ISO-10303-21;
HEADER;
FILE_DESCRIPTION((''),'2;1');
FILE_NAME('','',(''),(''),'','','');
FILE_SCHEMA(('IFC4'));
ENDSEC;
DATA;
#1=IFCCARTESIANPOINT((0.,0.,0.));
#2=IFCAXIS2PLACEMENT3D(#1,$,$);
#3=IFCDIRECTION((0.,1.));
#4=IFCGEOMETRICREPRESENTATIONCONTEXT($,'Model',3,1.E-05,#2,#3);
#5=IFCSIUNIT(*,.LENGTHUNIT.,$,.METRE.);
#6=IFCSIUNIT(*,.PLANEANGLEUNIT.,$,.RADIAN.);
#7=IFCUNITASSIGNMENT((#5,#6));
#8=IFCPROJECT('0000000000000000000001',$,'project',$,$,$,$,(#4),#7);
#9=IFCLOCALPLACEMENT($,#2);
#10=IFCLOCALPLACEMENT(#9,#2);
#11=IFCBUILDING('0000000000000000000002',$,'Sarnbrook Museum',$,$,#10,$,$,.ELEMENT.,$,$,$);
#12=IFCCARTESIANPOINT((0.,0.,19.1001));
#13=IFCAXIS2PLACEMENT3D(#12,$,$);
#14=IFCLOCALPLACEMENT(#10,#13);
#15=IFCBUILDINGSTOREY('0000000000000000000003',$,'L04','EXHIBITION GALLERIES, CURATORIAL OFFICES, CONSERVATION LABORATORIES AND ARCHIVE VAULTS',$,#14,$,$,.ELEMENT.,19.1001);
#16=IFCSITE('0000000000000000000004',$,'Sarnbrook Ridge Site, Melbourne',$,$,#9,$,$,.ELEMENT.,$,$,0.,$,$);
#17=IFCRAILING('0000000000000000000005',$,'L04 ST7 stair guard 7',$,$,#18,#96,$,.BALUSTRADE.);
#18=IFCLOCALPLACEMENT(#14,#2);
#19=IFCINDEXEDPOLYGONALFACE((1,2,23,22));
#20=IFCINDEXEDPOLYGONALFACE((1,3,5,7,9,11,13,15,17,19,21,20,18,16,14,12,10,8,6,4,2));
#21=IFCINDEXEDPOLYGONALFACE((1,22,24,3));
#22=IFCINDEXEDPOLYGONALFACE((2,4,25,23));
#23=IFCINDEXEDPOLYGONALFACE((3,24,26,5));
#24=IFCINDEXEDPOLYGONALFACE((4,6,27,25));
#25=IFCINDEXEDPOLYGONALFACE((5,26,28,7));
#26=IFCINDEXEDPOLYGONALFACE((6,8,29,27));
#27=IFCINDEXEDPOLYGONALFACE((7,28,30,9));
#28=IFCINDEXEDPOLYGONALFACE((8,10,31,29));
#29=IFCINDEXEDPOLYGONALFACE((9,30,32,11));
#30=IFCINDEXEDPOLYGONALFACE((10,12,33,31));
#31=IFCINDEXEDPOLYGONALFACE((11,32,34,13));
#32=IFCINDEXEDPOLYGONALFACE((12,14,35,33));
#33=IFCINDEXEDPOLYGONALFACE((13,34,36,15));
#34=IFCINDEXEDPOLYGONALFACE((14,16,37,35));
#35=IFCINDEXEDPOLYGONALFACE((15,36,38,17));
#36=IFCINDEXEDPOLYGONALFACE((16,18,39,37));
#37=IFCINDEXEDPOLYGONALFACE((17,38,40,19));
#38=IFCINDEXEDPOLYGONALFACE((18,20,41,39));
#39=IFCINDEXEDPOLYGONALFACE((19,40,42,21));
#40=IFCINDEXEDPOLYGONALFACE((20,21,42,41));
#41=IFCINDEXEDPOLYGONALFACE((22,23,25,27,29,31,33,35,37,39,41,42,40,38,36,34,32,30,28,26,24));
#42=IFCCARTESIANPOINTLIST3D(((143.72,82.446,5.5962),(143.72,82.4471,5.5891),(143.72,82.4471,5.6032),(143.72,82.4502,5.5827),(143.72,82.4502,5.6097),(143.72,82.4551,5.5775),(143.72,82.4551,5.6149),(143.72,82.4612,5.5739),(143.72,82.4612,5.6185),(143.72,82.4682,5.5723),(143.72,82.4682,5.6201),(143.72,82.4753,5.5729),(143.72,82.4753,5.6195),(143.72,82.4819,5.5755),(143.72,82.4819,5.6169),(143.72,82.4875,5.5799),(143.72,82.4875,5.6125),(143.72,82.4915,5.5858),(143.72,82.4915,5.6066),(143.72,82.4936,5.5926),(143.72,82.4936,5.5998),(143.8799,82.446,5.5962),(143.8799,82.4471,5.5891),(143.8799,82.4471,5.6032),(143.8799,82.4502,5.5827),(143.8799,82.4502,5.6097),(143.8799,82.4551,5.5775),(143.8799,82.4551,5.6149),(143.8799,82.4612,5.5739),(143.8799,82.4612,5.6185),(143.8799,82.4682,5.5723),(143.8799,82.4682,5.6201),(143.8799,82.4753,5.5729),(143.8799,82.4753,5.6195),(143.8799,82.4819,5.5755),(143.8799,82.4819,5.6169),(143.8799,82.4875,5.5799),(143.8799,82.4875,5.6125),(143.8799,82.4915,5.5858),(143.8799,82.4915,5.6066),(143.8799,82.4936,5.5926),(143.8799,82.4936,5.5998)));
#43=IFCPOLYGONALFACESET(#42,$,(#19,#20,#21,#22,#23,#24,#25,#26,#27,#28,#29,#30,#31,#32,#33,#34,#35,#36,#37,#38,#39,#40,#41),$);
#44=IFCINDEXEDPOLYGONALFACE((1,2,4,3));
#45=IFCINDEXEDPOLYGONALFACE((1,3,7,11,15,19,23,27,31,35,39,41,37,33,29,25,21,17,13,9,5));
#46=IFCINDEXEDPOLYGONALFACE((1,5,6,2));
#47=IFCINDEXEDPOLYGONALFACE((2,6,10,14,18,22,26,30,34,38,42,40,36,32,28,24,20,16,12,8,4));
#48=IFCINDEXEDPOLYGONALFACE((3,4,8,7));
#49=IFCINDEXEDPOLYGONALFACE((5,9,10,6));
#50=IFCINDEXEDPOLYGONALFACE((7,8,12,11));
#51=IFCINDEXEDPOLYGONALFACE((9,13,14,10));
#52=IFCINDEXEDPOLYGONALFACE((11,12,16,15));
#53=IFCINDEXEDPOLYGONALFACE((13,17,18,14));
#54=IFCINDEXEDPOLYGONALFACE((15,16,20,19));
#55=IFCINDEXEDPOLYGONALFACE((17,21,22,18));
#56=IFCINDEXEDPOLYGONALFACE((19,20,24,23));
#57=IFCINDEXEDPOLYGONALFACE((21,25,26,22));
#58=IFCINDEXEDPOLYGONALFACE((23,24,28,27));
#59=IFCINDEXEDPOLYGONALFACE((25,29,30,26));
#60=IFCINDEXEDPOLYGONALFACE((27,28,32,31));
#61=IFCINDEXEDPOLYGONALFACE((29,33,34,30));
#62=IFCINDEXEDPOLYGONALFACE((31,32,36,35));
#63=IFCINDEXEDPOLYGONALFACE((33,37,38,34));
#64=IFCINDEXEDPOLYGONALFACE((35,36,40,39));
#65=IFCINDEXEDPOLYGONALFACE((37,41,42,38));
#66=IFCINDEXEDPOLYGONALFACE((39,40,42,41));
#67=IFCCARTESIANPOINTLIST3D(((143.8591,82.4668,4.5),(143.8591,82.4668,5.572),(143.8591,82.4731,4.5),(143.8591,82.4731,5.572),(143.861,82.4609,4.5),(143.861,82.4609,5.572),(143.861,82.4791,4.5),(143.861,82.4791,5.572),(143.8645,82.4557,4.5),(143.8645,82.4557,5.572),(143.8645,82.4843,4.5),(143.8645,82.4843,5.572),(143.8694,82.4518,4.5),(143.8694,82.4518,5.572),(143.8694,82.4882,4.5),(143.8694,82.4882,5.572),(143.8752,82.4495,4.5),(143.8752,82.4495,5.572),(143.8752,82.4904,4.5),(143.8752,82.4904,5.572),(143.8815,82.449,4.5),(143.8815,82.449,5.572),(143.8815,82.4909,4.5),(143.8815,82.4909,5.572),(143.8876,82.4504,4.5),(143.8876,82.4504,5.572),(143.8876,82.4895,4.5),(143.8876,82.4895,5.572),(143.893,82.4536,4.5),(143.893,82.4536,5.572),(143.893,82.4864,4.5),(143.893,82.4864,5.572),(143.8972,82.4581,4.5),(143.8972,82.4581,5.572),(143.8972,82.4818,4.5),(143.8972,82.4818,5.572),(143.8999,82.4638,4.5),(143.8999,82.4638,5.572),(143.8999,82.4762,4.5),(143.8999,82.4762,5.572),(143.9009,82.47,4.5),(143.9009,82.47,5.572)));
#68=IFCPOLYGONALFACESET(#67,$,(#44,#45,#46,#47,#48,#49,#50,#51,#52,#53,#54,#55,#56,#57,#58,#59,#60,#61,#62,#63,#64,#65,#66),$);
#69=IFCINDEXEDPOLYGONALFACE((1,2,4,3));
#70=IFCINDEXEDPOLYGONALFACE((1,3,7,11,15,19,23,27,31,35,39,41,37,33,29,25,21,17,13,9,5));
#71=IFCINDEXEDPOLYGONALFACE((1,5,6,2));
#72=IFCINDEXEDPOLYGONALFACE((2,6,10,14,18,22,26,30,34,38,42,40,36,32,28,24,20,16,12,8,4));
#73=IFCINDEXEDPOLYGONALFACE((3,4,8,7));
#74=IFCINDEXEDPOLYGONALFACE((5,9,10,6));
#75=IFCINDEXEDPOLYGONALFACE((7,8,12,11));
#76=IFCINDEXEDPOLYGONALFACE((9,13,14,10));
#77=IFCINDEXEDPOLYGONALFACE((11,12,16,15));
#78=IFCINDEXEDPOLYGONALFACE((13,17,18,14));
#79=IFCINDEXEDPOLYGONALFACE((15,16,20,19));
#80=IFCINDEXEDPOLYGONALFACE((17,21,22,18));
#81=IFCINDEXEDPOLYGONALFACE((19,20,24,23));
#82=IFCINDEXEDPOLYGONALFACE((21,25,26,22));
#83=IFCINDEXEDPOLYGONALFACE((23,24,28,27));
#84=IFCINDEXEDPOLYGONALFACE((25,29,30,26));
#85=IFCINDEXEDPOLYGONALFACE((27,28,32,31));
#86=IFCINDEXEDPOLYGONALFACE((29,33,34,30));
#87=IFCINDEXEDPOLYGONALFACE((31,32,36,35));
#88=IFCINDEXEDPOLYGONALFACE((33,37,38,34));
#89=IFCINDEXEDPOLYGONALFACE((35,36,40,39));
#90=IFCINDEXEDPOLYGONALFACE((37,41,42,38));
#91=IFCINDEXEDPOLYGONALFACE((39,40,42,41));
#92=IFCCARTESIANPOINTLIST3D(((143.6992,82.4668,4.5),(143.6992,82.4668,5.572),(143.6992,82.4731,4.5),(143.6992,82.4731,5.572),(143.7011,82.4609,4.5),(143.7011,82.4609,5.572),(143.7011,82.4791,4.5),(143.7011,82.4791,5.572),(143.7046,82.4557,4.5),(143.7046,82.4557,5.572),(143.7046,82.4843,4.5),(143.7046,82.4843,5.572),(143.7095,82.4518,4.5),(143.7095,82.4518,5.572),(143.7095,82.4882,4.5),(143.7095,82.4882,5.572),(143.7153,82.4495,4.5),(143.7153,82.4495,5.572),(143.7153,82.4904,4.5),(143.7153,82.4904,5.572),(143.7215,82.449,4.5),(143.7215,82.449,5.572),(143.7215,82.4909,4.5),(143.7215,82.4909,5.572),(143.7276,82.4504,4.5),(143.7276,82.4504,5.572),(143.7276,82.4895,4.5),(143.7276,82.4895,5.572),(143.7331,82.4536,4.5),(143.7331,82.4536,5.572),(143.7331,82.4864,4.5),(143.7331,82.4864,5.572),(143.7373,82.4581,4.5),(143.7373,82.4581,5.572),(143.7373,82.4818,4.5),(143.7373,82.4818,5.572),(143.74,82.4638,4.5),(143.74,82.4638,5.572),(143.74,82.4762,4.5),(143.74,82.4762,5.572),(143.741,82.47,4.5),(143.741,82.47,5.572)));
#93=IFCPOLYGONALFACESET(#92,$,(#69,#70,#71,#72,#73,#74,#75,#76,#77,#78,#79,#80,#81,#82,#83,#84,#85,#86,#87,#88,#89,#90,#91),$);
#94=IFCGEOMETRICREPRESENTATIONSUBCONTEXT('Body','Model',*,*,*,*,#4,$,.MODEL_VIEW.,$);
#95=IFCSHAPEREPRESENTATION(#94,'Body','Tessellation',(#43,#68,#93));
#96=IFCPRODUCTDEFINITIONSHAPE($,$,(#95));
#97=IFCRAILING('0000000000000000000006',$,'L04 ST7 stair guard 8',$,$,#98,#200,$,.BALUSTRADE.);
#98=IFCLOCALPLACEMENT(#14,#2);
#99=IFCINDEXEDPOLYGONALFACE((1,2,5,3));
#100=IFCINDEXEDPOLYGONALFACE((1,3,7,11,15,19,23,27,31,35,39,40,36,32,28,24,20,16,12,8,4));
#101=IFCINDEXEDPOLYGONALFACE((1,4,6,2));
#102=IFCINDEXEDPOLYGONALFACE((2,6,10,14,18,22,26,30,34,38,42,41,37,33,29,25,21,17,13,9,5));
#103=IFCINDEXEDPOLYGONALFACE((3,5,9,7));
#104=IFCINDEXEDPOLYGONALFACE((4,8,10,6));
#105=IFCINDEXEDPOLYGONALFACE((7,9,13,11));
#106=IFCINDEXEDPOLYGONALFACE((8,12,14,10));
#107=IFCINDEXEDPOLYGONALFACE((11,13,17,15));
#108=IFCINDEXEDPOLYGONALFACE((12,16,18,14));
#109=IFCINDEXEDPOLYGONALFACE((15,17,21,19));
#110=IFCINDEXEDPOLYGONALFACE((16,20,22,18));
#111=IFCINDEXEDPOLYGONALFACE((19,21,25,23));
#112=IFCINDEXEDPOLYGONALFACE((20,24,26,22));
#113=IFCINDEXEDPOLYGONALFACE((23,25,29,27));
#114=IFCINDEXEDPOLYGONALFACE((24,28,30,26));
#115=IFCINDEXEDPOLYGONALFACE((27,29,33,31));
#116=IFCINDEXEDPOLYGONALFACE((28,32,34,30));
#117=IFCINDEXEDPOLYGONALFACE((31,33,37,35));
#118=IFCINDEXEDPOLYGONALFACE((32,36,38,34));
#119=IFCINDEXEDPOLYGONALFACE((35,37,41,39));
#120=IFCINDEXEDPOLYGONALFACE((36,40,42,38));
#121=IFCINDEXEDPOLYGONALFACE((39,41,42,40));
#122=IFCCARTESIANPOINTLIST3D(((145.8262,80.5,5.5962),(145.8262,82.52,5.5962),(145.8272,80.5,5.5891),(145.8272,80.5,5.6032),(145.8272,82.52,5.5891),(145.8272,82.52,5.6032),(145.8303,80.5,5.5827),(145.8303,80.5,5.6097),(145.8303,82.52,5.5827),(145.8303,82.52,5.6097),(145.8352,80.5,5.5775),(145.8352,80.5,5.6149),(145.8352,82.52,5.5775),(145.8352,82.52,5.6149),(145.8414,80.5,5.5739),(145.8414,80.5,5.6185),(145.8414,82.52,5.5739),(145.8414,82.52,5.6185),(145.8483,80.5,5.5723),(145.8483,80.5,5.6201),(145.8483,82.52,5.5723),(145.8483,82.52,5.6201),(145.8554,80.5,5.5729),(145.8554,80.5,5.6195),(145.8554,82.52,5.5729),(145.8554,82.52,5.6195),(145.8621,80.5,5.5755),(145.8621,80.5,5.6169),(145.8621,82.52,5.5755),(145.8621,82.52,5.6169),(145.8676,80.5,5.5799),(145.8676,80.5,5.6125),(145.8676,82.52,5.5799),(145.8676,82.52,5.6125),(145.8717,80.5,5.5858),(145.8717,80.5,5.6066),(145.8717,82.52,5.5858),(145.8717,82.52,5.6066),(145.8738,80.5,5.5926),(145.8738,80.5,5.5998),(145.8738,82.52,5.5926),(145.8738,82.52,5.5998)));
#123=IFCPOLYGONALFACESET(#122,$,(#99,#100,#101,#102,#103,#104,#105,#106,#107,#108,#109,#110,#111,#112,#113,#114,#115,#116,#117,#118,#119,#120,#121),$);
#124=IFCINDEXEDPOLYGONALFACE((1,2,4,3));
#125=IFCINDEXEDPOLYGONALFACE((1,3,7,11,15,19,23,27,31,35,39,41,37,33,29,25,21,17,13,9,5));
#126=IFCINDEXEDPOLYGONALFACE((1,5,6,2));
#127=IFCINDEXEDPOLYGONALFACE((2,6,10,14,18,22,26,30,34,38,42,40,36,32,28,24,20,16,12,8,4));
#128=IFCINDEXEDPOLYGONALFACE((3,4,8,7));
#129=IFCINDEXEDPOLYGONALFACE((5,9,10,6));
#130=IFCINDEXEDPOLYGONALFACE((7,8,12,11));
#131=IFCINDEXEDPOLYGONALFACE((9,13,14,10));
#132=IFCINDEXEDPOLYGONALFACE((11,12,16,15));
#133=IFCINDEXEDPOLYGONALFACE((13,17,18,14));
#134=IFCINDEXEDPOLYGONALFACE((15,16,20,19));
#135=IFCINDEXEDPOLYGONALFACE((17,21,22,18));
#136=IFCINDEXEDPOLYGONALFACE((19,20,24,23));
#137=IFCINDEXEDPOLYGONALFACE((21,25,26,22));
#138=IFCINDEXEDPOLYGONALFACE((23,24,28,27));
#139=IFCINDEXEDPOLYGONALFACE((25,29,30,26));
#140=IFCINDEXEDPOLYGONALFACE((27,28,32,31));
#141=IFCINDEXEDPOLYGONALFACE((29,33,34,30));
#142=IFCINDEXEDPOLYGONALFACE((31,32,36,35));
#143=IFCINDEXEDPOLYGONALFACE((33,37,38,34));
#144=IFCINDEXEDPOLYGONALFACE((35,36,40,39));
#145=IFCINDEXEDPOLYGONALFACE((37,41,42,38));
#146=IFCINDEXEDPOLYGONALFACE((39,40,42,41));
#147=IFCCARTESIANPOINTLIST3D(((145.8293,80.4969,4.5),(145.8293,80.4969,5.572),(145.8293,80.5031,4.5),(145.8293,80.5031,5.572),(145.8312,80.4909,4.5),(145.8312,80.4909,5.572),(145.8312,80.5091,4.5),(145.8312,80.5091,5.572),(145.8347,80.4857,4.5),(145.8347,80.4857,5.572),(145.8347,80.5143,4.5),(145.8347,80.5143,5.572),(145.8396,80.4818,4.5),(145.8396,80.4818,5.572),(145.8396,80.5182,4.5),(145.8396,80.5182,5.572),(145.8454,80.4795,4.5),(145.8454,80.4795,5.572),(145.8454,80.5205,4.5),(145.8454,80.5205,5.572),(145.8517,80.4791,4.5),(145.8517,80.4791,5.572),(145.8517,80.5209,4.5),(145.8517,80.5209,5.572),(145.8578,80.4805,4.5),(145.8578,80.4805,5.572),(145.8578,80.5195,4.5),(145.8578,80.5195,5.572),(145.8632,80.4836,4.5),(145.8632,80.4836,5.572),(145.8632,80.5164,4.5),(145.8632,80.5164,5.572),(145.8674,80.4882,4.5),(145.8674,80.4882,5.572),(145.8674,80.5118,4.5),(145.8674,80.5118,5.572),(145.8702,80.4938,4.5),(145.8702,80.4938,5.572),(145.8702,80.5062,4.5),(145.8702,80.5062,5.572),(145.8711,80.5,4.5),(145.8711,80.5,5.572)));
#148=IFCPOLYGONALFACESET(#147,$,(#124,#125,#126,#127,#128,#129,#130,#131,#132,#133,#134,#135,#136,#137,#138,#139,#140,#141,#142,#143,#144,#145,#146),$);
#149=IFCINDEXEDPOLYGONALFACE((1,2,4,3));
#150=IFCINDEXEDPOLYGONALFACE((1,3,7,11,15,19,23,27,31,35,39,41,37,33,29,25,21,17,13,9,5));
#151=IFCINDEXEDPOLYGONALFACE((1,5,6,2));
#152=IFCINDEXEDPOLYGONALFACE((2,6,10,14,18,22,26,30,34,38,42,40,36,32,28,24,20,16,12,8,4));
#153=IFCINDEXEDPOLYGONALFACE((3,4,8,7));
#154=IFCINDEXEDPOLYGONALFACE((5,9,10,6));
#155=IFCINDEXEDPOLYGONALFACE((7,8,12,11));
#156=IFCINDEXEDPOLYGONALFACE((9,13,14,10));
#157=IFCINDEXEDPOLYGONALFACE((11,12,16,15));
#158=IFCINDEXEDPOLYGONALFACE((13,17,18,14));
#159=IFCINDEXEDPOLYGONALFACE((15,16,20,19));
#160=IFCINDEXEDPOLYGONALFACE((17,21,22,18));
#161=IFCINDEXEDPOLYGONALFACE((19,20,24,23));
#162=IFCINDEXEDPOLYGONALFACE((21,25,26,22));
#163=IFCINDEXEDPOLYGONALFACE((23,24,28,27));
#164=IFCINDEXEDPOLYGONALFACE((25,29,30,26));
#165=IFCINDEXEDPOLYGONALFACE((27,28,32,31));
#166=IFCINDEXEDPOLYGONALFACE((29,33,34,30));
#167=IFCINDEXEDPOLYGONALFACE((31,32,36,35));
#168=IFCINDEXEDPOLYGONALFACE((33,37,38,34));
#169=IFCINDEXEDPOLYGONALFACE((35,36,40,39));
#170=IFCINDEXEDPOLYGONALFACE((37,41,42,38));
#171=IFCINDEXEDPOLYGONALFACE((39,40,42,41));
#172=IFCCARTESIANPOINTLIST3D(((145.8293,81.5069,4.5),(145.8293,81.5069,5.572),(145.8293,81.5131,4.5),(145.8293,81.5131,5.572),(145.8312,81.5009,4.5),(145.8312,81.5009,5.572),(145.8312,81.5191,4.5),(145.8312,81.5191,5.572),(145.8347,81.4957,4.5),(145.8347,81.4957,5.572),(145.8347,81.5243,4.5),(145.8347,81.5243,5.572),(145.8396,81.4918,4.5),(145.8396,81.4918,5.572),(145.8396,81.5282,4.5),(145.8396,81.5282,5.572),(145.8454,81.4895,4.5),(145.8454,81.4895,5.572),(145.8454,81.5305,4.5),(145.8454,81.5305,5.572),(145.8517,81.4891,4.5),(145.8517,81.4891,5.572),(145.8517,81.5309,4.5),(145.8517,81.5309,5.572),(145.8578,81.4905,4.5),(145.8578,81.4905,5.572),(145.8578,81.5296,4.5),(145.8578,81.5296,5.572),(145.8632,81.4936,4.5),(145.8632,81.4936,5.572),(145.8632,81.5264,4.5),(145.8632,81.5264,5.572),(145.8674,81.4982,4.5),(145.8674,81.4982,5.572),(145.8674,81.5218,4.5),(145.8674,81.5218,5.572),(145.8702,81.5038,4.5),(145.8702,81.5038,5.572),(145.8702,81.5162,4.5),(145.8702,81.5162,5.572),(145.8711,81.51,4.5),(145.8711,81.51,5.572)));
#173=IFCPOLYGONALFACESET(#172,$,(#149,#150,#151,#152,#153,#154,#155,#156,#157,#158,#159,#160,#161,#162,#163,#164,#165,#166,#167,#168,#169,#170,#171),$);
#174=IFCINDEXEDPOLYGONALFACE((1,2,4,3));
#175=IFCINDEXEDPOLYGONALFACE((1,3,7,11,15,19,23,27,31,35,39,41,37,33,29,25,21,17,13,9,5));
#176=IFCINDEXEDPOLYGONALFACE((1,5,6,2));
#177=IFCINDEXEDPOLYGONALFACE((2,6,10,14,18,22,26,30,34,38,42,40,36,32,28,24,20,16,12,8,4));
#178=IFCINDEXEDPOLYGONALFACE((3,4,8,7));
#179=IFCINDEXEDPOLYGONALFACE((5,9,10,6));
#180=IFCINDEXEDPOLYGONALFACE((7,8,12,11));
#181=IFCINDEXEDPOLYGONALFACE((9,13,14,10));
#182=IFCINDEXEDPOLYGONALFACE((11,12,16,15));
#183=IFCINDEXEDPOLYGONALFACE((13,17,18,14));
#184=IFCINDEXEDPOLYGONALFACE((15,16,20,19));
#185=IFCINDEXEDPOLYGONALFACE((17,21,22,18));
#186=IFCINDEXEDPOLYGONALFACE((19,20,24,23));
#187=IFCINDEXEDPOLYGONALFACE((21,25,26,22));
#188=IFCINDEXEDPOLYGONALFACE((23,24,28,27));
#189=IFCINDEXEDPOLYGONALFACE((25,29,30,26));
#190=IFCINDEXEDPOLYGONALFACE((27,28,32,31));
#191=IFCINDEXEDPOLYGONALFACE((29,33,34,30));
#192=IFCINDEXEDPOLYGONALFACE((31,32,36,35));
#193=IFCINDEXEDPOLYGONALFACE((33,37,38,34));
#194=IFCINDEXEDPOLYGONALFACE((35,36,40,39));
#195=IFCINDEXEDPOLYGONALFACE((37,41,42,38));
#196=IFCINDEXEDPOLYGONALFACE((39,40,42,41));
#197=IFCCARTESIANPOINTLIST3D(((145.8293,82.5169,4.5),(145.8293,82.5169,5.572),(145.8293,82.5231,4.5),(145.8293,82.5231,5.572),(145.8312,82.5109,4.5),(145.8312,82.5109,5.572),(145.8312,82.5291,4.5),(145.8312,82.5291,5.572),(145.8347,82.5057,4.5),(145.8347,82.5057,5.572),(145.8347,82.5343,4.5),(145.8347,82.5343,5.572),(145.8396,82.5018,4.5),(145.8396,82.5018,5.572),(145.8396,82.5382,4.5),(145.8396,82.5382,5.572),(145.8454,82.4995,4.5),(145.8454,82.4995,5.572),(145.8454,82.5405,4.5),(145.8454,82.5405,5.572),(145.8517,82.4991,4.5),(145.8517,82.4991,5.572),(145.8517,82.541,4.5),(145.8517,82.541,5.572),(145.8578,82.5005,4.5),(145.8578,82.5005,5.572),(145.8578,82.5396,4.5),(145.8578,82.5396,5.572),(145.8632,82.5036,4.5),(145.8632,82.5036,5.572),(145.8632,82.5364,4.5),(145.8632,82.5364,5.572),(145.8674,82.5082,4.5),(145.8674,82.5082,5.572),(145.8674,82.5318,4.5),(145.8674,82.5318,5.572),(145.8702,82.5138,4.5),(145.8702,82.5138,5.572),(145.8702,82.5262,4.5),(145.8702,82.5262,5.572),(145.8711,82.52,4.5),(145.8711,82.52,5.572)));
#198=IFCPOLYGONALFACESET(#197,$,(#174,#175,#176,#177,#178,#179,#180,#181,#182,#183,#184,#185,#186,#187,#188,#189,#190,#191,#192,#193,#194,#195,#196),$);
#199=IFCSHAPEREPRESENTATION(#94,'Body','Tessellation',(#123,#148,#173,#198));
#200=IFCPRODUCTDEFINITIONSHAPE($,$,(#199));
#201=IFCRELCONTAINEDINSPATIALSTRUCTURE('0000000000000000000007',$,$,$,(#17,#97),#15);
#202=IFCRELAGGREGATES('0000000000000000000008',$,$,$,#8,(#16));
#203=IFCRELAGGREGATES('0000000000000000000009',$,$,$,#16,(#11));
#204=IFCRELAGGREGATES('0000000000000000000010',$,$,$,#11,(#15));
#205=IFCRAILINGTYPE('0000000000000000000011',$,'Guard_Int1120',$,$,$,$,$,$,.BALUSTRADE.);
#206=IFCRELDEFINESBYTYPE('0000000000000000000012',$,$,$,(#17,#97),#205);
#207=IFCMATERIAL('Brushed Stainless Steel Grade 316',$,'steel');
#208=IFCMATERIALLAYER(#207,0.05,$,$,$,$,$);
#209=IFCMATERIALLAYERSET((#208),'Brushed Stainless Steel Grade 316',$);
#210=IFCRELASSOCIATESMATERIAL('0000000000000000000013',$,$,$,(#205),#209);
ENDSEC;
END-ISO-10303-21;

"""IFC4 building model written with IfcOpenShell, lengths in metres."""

from ifc_helpers import new_model, si_unit, direction, frame, origin, origin_2d, place, context, subcontext, project, spatial, circle, extrude, material, layer, layer_set, type_object, element, save


model = new_model("IFC4")

# Units and contexts
model_context = context("Model", 3, precision=1e-05, world=origin(), true_north=direction((0.0, 1.0)))
body_context = subcontext(model_context, "Body", "Model", "MODEL_VIEW")
ifc_project = project(units=[si_unit("LENGTHUNIT", "METRE"), si_unit("PLANEANGLEUNIT", "RADIAN")], contexts=[model_context])

# Site, building, storey
site_placement = place(None, origin())
site = spatial("IfcSite", under=ifc_project, at=site_placement, Name="Sarnbrook Ridge Site, Melbourne", CompositionType="ELEMENT", RefElevation=0.0)
building_placement = place(site_placement, origin())
building = spatial("IfcBuilding", under=site, at=building_placement, Name="Sarnbrook Museum", CompositionType="ELEMENT")
storey_placement = place(building_placement, frame((0.0, 0.0, 19.1001)))
storey = spatial("IfcBuildingStorey", under=building, at=storey_placement, Name="L04", Description="EXHIBITION GALLERIES, CURATORIAL OFFICES, CONSERVATION LABORATORIES AND ARCHIVE VAULTS", CompositionType="ELEMENT", Elevation=19.1001)

# Railings
ifc_material_1 = material(Name="Brushed Stainless Steel Grade 316", Category="steel")
ifc_layer_1 = layer(ifc_material_1, 0.05)
ifc_layer_set_1 = layer_set([ifc_layer_1], Name="Brushed Stainless Steel Grade 316")
railing_type_1 = type_object("IfcRailingType", Name="Guard_Int1120", PredefinedType="BALUSTRADE", material=ifc_layer_set_1)
railing_1_placement = place(storey_placement, frame((143.8799, 82.47, 4.5)))
element("IfcRailing", 1, at=railing_1_placement, inside=storey, type_object=railing_type_1, Name="L04 ST7 stair guard 7", PredefinedType="BALUSTRADE", context=body_context, shape_type="SweptSolid", body=[
    extrude(circle(Radius=0.0239, at=origin_2d()), frame((0.0, 0.0, 1.0962), z_axis=(-1.0, 0.0, 0.0), x_axis=(0.0, -1.0, 0.0)), (0.0, 0.0, 1.0), 0.1599),
    extrude(circle(Radius=0.021, at=origin_2d()), origin(), (0.0, 0.0, 1.0), 1.072),
    extrude(circle(Radius=0.021, at=origin_2d()), frame((-0.1599, 0.0, 0.0)), (0.0, 0.0, 1.0), 1.072),
])
railing_2_placement = place(storey_placement, frame((145.8501, 80.5, 4.5)))
element("IfcRailing", 2, at=railing_2_placement, inside=storey, type_object=railing_type_1, Name="L04 ST7 stair guard 8", PredefinedType="BALUSTRADE", context=body_context, shape_type="SweptSolid", body=[
    extrude(circle(Radius=0.0239, at=origin_2d()), frame((0.0, 0.0, 1.0962), z_axis=(0.0, 1.0, 0.0), x_axis=(-1.0, 0.0, 0.0)), (0.0, 0.0, 1.0), 2.02),
    extrude(circle(Radius=0.021, at=origin_2d()), origin(), (0.0, 0.0, 1.0), 1.072),
    extrude(circle(Radius=0.021, at=origin_2d()), frame((0.0, 1.01, 0.0)), (0.0, 0.0, 1.0), 1.072),
    extrude(circle(Radius=0.021, at=origin_2d()), frame((0.0, 2.02, 0.0)), (0.0, 0.0, 1.0), 1.072),
])

save(model, "model.ifc")
